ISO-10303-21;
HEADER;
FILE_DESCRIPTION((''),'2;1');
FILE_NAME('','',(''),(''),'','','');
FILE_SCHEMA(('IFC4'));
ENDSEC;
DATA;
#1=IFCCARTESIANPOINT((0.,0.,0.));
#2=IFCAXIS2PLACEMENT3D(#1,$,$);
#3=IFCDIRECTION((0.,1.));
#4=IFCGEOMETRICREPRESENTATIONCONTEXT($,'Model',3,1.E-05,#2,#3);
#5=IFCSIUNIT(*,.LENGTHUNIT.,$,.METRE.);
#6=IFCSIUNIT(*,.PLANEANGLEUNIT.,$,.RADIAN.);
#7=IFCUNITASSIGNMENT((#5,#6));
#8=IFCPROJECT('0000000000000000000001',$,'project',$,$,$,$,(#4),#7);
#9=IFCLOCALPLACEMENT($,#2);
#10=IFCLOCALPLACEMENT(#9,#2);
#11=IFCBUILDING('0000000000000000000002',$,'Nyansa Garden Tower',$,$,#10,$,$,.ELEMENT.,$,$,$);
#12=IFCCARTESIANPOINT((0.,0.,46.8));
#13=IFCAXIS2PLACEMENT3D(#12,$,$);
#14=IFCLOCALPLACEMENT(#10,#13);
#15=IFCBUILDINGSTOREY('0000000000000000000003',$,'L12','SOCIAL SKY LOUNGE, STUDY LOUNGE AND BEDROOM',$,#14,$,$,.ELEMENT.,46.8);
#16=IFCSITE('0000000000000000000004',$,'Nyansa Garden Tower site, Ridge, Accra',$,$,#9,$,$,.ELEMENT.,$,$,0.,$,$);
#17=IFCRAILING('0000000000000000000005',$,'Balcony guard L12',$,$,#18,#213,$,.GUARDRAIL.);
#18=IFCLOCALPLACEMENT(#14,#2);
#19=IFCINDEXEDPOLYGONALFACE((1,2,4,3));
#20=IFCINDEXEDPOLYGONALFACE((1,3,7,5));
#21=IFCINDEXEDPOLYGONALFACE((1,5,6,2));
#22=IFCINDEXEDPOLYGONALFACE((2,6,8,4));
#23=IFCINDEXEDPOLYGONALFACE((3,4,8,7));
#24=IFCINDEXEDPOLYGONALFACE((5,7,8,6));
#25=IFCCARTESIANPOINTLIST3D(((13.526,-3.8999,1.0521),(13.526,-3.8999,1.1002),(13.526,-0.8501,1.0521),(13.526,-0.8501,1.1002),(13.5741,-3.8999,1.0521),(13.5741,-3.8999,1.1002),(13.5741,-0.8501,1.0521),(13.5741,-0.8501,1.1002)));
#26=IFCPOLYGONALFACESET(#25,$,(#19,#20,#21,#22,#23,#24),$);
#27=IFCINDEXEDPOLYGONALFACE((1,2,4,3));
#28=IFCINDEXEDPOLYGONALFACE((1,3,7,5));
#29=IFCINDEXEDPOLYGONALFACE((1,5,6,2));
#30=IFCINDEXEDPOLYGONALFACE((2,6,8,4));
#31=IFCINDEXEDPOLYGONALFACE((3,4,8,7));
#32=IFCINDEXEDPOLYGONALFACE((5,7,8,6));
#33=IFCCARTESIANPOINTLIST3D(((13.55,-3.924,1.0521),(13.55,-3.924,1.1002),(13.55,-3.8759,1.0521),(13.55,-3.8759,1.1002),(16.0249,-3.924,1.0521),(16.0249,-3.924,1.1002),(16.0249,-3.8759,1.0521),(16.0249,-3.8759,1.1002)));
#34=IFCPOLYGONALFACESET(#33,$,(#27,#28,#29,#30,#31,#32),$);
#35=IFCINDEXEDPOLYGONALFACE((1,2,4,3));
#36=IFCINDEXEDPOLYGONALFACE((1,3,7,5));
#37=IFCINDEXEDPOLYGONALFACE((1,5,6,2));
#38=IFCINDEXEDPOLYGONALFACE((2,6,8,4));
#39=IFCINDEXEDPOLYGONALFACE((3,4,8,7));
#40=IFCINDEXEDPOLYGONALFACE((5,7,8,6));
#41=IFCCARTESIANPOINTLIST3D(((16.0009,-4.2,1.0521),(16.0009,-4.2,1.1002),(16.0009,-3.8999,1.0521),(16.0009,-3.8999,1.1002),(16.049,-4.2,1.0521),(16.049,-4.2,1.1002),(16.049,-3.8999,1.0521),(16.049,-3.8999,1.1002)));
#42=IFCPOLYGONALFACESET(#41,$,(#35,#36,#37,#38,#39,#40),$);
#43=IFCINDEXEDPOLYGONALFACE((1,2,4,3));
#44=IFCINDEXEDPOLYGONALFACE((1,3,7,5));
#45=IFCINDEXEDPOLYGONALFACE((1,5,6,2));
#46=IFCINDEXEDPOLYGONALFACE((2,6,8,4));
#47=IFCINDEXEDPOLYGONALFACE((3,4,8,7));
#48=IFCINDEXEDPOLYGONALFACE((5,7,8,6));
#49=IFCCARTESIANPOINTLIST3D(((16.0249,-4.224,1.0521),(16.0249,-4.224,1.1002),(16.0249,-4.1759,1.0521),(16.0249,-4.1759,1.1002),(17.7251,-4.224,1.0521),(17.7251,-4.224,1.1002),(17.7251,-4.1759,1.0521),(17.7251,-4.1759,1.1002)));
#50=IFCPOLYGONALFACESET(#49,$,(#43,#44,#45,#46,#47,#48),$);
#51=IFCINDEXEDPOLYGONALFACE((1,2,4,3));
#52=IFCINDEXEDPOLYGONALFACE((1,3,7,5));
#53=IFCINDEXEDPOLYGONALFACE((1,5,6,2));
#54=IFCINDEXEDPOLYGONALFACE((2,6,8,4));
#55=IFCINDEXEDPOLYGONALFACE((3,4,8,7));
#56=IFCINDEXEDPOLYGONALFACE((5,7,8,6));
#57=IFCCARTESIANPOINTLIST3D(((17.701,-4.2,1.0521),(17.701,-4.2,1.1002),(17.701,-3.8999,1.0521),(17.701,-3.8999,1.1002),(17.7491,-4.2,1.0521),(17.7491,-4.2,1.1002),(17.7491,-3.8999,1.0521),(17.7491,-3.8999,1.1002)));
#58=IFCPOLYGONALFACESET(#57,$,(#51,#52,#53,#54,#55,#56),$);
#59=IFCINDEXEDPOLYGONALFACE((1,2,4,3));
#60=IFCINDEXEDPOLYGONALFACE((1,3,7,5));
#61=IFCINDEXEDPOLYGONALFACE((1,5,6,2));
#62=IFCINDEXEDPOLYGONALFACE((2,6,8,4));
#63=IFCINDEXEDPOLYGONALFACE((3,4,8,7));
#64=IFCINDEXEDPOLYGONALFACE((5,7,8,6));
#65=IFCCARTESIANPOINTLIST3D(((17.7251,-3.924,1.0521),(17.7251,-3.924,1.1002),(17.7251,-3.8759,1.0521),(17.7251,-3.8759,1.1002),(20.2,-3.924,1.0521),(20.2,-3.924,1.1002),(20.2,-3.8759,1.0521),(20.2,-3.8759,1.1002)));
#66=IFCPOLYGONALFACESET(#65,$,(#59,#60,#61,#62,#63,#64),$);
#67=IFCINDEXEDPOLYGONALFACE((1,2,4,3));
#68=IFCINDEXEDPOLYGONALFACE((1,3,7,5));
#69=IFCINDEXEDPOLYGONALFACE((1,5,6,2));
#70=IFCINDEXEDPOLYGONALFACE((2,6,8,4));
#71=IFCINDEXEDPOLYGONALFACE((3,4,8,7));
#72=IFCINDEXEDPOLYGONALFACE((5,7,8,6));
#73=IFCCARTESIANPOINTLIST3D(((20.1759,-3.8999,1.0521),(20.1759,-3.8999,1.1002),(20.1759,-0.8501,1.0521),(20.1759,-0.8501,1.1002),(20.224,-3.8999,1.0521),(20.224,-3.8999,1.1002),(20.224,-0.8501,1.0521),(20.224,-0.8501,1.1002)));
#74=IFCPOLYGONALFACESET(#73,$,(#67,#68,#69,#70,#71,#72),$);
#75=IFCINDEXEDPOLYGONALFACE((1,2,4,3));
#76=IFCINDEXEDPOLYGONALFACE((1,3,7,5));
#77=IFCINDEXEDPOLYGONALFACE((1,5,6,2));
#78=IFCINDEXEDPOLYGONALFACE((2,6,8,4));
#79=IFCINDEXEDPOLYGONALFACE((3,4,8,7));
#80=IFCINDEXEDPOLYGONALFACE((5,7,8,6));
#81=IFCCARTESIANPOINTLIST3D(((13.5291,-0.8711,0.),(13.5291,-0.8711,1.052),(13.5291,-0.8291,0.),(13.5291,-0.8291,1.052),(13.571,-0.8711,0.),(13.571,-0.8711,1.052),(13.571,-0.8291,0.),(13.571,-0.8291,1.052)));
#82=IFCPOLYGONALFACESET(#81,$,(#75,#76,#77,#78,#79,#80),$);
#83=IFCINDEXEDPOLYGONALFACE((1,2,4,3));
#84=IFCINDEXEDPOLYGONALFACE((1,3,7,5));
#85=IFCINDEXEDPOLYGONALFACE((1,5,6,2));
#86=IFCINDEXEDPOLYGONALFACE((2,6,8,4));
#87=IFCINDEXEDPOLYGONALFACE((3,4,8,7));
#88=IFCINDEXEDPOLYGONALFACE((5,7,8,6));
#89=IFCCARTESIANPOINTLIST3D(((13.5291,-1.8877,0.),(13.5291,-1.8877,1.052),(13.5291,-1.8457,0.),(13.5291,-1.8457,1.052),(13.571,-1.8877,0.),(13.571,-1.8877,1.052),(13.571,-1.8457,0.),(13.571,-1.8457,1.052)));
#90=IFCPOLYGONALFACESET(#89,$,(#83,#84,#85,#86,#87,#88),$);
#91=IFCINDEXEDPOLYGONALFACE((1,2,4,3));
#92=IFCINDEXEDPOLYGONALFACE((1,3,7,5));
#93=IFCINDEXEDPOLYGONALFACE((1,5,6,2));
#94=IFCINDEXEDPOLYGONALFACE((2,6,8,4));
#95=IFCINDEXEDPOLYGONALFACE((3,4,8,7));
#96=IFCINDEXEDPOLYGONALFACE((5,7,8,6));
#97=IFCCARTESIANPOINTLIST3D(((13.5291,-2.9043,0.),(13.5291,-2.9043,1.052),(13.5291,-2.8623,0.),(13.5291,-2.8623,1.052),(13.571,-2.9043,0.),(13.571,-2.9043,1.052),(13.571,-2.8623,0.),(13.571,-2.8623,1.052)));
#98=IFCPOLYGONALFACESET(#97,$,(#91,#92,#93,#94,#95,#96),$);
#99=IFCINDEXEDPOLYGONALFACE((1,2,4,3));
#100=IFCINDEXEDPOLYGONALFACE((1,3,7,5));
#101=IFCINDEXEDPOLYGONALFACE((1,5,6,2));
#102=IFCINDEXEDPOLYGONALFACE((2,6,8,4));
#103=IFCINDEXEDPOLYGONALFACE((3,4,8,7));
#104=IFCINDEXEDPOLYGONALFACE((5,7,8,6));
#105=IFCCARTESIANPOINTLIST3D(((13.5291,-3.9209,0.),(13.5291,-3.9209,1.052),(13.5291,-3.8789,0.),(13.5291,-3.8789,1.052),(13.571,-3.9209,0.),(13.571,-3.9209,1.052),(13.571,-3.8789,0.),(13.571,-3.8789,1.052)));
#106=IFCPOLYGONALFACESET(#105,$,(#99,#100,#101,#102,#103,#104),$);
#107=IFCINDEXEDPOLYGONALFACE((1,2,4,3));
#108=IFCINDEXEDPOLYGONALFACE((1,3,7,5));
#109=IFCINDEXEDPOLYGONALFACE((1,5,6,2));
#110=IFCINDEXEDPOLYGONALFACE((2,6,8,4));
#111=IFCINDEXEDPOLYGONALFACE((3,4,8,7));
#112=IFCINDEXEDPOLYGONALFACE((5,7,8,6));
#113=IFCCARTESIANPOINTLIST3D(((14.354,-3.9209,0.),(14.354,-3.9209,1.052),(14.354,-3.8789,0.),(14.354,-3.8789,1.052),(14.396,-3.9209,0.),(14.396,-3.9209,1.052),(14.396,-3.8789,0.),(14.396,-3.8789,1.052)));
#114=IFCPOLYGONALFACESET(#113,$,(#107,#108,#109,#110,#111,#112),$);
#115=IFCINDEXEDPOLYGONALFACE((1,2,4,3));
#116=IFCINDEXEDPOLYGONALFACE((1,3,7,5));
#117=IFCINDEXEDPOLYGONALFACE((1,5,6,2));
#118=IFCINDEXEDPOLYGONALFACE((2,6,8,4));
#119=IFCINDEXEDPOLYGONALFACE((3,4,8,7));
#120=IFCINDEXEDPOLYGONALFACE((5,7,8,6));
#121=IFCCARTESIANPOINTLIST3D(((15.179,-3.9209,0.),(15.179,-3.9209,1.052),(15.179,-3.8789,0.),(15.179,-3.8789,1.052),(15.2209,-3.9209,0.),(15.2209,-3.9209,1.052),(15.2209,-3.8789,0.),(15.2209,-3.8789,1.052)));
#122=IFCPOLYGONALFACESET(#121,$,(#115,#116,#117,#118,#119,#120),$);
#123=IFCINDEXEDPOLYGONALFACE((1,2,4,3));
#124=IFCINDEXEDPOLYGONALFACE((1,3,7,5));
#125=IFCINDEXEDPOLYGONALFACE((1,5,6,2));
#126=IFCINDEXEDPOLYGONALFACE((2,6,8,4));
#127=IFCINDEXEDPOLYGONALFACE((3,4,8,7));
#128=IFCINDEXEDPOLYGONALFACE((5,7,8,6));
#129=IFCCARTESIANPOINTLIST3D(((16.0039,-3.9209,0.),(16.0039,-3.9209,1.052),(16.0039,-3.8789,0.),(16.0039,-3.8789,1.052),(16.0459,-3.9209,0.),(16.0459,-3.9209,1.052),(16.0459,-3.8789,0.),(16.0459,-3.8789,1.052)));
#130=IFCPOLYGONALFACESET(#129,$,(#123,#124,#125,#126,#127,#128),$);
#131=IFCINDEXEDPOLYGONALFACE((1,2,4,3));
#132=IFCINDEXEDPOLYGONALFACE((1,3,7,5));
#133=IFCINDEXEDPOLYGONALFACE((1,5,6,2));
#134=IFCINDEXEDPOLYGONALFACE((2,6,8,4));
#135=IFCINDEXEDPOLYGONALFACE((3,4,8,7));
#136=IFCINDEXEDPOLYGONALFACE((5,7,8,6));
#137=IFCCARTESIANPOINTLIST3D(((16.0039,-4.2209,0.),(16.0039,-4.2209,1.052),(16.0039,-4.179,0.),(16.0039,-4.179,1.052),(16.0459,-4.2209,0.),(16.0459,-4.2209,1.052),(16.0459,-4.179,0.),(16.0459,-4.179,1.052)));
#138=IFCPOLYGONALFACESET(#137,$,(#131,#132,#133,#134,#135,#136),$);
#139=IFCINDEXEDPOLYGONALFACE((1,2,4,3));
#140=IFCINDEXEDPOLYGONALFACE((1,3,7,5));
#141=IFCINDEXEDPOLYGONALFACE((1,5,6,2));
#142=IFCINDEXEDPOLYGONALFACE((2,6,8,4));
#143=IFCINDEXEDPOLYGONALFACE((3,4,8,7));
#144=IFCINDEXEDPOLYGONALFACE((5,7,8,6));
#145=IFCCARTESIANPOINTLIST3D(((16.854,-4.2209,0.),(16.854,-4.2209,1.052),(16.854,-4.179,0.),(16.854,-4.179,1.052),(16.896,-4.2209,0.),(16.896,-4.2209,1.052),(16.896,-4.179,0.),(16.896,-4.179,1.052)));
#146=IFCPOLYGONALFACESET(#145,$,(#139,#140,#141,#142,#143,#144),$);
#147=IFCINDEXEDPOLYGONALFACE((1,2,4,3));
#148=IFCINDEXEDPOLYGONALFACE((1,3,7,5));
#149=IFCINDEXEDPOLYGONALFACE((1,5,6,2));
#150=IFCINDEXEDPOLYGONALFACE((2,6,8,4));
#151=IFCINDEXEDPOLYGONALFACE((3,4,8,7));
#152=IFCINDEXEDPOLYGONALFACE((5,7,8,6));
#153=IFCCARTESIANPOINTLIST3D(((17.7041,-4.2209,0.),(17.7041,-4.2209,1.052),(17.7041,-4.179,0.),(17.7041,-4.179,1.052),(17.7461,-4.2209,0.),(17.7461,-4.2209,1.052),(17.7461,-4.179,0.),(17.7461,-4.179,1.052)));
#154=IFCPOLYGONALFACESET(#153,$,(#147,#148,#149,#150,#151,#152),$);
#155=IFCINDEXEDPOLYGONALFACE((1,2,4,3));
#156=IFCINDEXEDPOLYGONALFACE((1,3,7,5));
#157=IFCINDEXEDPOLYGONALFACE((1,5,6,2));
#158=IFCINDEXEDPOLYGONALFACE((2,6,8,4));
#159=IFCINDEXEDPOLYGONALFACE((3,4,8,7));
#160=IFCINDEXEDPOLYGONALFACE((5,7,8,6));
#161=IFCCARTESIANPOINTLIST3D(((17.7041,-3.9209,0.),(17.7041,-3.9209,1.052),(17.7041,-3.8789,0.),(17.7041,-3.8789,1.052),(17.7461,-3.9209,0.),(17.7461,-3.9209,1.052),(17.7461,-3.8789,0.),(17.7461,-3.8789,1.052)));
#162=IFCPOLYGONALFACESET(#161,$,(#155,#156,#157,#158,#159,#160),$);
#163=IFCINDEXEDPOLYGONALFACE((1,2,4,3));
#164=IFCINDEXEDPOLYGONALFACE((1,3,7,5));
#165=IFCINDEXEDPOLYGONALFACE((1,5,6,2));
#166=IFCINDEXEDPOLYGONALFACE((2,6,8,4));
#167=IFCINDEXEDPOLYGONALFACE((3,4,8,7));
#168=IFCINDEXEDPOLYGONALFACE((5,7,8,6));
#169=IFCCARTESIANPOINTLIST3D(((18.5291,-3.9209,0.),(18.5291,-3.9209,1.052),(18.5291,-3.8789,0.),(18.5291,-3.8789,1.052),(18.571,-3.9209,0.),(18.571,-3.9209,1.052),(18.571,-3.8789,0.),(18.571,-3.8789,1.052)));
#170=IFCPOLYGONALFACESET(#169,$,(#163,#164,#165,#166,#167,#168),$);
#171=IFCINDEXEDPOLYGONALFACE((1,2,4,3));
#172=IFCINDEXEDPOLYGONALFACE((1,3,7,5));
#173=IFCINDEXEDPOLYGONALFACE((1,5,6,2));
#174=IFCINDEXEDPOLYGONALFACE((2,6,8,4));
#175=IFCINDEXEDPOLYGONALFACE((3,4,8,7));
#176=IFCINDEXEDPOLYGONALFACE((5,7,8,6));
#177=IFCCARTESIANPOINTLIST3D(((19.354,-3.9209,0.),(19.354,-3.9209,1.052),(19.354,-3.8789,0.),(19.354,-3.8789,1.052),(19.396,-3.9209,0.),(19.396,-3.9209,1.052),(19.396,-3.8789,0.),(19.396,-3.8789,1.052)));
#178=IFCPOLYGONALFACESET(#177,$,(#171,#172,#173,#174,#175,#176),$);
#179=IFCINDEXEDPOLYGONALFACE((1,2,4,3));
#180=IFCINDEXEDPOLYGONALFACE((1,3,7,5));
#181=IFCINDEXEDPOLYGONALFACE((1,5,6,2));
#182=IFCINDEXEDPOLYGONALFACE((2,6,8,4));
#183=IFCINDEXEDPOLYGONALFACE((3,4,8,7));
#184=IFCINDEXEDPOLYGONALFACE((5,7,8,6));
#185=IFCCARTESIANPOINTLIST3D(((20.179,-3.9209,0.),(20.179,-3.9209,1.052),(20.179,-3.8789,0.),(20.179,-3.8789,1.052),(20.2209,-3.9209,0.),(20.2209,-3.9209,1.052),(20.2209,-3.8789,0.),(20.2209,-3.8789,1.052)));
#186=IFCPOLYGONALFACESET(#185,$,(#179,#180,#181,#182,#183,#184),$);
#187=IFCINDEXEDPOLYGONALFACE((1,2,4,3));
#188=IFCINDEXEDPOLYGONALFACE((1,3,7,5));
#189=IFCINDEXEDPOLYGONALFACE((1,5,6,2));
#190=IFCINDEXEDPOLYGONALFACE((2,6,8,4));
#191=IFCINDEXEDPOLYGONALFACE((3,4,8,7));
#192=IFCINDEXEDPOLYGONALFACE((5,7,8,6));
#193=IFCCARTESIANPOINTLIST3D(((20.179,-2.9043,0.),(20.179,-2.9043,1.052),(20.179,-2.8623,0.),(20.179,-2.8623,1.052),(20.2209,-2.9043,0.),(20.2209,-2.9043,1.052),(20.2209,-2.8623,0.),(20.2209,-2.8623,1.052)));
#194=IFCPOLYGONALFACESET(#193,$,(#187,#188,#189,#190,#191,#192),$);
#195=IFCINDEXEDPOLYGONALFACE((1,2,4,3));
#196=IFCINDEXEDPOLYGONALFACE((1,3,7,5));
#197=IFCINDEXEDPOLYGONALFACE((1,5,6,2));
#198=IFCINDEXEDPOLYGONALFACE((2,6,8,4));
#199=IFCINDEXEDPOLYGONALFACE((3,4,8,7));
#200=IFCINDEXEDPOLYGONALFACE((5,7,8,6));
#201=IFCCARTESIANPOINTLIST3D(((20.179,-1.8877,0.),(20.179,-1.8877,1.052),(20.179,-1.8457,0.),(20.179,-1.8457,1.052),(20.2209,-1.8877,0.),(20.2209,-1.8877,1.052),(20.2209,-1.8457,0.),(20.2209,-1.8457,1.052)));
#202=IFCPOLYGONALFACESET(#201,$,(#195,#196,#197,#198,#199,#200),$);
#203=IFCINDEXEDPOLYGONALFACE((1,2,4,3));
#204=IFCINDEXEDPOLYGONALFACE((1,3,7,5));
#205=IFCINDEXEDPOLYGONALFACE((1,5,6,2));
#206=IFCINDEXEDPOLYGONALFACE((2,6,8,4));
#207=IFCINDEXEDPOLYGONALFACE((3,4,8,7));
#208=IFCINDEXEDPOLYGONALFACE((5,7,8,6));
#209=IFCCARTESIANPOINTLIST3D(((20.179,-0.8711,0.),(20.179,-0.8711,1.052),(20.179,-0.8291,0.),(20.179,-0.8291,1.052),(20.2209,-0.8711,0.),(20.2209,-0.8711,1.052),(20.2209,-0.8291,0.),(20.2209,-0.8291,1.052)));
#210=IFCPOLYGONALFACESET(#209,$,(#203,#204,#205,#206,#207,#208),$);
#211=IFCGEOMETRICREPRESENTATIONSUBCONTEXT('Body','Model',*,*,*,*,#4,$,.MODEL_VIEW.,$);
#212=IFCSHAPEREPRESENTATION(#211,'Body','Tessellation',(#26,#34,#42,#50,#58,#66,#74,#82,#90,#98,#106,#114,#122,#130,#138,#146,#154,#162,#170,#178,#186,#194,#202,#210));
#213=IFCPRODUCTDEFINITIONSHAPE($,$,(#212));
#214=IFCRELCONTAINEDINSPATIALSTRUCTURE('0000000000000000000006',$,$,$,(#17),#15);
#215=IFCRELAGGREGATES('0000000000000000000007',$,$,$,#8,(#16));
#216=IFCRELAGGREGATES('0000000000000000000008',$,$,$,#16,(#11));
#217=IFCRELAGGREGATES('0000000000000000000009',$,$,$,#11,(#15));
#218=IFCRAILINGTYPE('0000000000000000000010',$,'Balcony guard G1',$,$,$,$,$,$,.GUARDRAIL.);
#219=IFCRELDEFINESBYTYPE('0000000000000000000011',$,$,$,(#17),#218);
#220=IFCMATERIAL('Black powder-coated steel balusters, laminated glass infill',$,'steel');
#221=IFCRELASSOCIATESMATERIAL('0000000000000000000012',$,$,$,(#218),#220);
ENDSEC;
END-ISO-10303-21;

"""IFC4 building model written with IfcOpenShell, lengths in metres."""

from ifc_helpers import new_model, si_unit, direction, frame, origin, origin_2d, place, context, subcontext, project, spatial, rectangle, extrude, material, type_object, element, save


model = new_model("IFC4")

# Units and contexts
model_context = context("Model", 3, precision=1e-05, world=origin(), true_north=direction((0.0, 1.0)))
body_context = subcontext(model_context, "Body", "Model", "MODEL_VIEW")
ifc_project = project(units=[si_unit("LENGTHUNIT", "METRE"), si_unit("PLANEANGLEUNIT", "RADIAN")], contexts=[model_context])

# Site, building, storey
site_placement = place(None, origin())
site = spatial("IfcSite", under=ifc_project, at=site_placement, Name="Nyansa Garden Tower site, Ridge, Accra", CompositionType="ELEMENT", RefElevation=0.0)
building_placement = place(site_placement, origin())
building = spatial("IfcBuilding", under=site, at=building_placement, Name="Nyansa Garden Tower", CompositionType="ELEMENT")
storey_placement = place(building_placement, frame((0.0, 0.0, 46.8)))
storey = spatial("IfcBuildingStorey", under=building, at=storey_placement, Name="L12", Description="SOCIAL SKY LOUNGE, STUDY LOUNGE AND BEDROOM", CompositionType="ELEMENT", Elevation=46.8)

# Railing
ifc_material_1 = material(Name="Black powder-coated steel balusters, laminated glass infill", Category="steel")
railing_type = type_object("IfcRailingType", Name="Balcony guard G1", PredefinedType="GUARDRAIL", material=ifc_material_1)
railing_placement = place(storey_placement, frame((13.55, -0.8501, 0.0)))
element("IfcRailing", 1, at=railing_placement, inside=storey, type_object=railing_type, Name="Balcony guard L12", PredefinedType="GUARDRAIL", context=body_context, shape_type="SweptSolid", body=[
    extrude(rectangle(XDim=0.0481, YDim=0.0481, at=origin_2d()), frame((0.0, 0.0, 1.0762), z_axis=(0.0, -1.0, 0.0), x_axis=(1.0, 0.0, 0.0)), (0.0, 0.0, 1.0), 3.0498),
    extrude(rectangle(XDim=0.0481, YDim=0.0481, at=origin_2d()), frame((0.0, -3.0498, 1.0762), z_axis=(1.0, 0.0, 0.0), x_axis=(0.0, 1.0, 0.0)), (0.0, 0.0, 1.0), 2.4749),
    extrude(rectangle(XDim=0.0481, YDim=0.0481, at=origin_2d()), frame((2.4749, -3.0498, 1.0762), z_axis=(0.0, -1.0, 0.0), x_axis=(1.0, 0.0, 0.0)), (0.0, 0.0, 1.0), 0.3),
    extrude(rectangle(XDim=0.0481, YDim=0.0481, at=origin_2d()), frame((2.4749, -3.3499, 1.0762), z_axis=(1.0, 0.0, 0.0), x_axis=(0.0, 1.0, 0.0)), (0.0, 0.0, 1.0), 1.7002),
    extrude(rectangle(XDim=0.0481, YDim=0.0481, at=origin_2d()), frame((4.175, -3.3499, 1.0762), z_axis=(0.0, 1.0, 0.0), x_axis=(-1.0, 0.0, 0.0)), (0.0, 0.0, 1.0), 0.3),
    extrude(rectangle(XDim=0.0481, YDim=0.0481, at=origin_2d()), frame((4.175, -3.0498, 1.0762), z_axis=(1.0, 0.0, 0.0), x_axis=(0.0, 1.0, 0.0)), (0.0, 0.0, 1.0), 2.4749),
    extrude(rectangle(XDim=0.0481, YDim=0.0481, at=origin_2d()), frame((6.6499, -3.0498, 1.0762), z_axis=(0.0, 1.0, 0.0), x_axis=(-1.0, 0.0, 0.0)), (0.0, 0.0, 1.0), 3.0498),
    extrude(rectangle(XDim=0.042, YDim=0.042, at=origin_2d()), origin(), (0.0, 0.0, 1.0), 1.052),
    extrude(rectangle(XDim=0.042, YDim=0.042, at=origin_2d()), frame((0.0, -1.0166, 0.0)), (0.0, 0.0, 1.0), 1.052),
    extrude(rectangle(XDim=0.042, YDim=0.042, at=origin_2d()), frame((0.0, -2.0332, 0.0)), (0.0, 0.0, 1.0), 1.052),
    extrude(rectangle(XDim=0.042, YDim=0.042, at=origin_2d()), frame((0.0, -3.0498, 0.0)), (0.0, 0.0, 1.0), 1.052),
    extrude(rectangle(XDim=0.042, YDim=0.042, at=origin_2d()), frame((0.825, -3.0498, 0.0)), (0.0, 0.0, 1.0), 1.052),
    extrude(rectangle(XDim=0.042, YDim=0.042, at=origin_2d()), frame((1.6499, -3.0498, 0.0)), (0.0, 0.0, 1.0), 1.052),
    extrude(rectangle(XDim=0.042, YDim=0.042, at=origin_2d()), frame((2.4749, -3.0498, 0.0)), (0.0, 0.0, 1.0), 1.052),
    extrude(rectangle(XDim=0.042, YDim=0.042, at=origin_2d()), frame((2.4749, -3.3499, 0.0)), (0.0, 0.0, 1.0), 1.052),
    extrude(rectangle(XDim=0.042, YDim=0.042, at=origin_2d()), frame((3.325, -3.3499, 0.0)), (0.0, 0.0, 1.0), 1.052),
    extrude(rectangle(XDim=0.042, YDim=0.042, at=origin_2d()), frame((4.175, -3.3499, 0.0)), (0.0, 0.0, 1.0), 1.052),
    extrude(rectangle(XDim=0.042, YDim=0.042, at=origin_2d()), frame((4.175, -3.0498, 0.0)), (0.0, 0.0, 1.0), 1.052),
    extrude(rectangle(XDim=0.042, YDim=0.042, at=origin_2d()), frame((5.0, -3.0498, 0.0)), (0.0, 0.0, 1.0), 1.052),
    extrude(rectangle(XDim=0.042, YDim=0.042, at=origin_2d()), frame((5.825, -3.0498, 0.0)), (0.0, 0.0, 1.0), 1.052),
    extrude(rectangle(XDim=0.042, YDim=0.042, at=origin_2d()), frame((6.6499, -3.0498, 0.0)), (0.0, 0.0, 1.0), 1.052),
    extrude(rectangle(XDim=0.042, YDim=0.042, at=origin_2d()), frame((6.6499, -2.0332, 0.0)), (0.0, 0.0, 1.0), 1.052),
    extrude(rectangle(XDim=0.042, YDim=0.042, at=origin_2d()), frame((6.6499, -1.0166, 0.0)), (0.0, 0.0, 1.0), 1.052),
    extrude(rectangle(XDim=0.042, YDim=0.042, at=origin_2d()), frame((6.6499, 0.0, 0.0)), (0.0, 0.0, 1.0), 1.052),
])

save(model, "model.ifc")
